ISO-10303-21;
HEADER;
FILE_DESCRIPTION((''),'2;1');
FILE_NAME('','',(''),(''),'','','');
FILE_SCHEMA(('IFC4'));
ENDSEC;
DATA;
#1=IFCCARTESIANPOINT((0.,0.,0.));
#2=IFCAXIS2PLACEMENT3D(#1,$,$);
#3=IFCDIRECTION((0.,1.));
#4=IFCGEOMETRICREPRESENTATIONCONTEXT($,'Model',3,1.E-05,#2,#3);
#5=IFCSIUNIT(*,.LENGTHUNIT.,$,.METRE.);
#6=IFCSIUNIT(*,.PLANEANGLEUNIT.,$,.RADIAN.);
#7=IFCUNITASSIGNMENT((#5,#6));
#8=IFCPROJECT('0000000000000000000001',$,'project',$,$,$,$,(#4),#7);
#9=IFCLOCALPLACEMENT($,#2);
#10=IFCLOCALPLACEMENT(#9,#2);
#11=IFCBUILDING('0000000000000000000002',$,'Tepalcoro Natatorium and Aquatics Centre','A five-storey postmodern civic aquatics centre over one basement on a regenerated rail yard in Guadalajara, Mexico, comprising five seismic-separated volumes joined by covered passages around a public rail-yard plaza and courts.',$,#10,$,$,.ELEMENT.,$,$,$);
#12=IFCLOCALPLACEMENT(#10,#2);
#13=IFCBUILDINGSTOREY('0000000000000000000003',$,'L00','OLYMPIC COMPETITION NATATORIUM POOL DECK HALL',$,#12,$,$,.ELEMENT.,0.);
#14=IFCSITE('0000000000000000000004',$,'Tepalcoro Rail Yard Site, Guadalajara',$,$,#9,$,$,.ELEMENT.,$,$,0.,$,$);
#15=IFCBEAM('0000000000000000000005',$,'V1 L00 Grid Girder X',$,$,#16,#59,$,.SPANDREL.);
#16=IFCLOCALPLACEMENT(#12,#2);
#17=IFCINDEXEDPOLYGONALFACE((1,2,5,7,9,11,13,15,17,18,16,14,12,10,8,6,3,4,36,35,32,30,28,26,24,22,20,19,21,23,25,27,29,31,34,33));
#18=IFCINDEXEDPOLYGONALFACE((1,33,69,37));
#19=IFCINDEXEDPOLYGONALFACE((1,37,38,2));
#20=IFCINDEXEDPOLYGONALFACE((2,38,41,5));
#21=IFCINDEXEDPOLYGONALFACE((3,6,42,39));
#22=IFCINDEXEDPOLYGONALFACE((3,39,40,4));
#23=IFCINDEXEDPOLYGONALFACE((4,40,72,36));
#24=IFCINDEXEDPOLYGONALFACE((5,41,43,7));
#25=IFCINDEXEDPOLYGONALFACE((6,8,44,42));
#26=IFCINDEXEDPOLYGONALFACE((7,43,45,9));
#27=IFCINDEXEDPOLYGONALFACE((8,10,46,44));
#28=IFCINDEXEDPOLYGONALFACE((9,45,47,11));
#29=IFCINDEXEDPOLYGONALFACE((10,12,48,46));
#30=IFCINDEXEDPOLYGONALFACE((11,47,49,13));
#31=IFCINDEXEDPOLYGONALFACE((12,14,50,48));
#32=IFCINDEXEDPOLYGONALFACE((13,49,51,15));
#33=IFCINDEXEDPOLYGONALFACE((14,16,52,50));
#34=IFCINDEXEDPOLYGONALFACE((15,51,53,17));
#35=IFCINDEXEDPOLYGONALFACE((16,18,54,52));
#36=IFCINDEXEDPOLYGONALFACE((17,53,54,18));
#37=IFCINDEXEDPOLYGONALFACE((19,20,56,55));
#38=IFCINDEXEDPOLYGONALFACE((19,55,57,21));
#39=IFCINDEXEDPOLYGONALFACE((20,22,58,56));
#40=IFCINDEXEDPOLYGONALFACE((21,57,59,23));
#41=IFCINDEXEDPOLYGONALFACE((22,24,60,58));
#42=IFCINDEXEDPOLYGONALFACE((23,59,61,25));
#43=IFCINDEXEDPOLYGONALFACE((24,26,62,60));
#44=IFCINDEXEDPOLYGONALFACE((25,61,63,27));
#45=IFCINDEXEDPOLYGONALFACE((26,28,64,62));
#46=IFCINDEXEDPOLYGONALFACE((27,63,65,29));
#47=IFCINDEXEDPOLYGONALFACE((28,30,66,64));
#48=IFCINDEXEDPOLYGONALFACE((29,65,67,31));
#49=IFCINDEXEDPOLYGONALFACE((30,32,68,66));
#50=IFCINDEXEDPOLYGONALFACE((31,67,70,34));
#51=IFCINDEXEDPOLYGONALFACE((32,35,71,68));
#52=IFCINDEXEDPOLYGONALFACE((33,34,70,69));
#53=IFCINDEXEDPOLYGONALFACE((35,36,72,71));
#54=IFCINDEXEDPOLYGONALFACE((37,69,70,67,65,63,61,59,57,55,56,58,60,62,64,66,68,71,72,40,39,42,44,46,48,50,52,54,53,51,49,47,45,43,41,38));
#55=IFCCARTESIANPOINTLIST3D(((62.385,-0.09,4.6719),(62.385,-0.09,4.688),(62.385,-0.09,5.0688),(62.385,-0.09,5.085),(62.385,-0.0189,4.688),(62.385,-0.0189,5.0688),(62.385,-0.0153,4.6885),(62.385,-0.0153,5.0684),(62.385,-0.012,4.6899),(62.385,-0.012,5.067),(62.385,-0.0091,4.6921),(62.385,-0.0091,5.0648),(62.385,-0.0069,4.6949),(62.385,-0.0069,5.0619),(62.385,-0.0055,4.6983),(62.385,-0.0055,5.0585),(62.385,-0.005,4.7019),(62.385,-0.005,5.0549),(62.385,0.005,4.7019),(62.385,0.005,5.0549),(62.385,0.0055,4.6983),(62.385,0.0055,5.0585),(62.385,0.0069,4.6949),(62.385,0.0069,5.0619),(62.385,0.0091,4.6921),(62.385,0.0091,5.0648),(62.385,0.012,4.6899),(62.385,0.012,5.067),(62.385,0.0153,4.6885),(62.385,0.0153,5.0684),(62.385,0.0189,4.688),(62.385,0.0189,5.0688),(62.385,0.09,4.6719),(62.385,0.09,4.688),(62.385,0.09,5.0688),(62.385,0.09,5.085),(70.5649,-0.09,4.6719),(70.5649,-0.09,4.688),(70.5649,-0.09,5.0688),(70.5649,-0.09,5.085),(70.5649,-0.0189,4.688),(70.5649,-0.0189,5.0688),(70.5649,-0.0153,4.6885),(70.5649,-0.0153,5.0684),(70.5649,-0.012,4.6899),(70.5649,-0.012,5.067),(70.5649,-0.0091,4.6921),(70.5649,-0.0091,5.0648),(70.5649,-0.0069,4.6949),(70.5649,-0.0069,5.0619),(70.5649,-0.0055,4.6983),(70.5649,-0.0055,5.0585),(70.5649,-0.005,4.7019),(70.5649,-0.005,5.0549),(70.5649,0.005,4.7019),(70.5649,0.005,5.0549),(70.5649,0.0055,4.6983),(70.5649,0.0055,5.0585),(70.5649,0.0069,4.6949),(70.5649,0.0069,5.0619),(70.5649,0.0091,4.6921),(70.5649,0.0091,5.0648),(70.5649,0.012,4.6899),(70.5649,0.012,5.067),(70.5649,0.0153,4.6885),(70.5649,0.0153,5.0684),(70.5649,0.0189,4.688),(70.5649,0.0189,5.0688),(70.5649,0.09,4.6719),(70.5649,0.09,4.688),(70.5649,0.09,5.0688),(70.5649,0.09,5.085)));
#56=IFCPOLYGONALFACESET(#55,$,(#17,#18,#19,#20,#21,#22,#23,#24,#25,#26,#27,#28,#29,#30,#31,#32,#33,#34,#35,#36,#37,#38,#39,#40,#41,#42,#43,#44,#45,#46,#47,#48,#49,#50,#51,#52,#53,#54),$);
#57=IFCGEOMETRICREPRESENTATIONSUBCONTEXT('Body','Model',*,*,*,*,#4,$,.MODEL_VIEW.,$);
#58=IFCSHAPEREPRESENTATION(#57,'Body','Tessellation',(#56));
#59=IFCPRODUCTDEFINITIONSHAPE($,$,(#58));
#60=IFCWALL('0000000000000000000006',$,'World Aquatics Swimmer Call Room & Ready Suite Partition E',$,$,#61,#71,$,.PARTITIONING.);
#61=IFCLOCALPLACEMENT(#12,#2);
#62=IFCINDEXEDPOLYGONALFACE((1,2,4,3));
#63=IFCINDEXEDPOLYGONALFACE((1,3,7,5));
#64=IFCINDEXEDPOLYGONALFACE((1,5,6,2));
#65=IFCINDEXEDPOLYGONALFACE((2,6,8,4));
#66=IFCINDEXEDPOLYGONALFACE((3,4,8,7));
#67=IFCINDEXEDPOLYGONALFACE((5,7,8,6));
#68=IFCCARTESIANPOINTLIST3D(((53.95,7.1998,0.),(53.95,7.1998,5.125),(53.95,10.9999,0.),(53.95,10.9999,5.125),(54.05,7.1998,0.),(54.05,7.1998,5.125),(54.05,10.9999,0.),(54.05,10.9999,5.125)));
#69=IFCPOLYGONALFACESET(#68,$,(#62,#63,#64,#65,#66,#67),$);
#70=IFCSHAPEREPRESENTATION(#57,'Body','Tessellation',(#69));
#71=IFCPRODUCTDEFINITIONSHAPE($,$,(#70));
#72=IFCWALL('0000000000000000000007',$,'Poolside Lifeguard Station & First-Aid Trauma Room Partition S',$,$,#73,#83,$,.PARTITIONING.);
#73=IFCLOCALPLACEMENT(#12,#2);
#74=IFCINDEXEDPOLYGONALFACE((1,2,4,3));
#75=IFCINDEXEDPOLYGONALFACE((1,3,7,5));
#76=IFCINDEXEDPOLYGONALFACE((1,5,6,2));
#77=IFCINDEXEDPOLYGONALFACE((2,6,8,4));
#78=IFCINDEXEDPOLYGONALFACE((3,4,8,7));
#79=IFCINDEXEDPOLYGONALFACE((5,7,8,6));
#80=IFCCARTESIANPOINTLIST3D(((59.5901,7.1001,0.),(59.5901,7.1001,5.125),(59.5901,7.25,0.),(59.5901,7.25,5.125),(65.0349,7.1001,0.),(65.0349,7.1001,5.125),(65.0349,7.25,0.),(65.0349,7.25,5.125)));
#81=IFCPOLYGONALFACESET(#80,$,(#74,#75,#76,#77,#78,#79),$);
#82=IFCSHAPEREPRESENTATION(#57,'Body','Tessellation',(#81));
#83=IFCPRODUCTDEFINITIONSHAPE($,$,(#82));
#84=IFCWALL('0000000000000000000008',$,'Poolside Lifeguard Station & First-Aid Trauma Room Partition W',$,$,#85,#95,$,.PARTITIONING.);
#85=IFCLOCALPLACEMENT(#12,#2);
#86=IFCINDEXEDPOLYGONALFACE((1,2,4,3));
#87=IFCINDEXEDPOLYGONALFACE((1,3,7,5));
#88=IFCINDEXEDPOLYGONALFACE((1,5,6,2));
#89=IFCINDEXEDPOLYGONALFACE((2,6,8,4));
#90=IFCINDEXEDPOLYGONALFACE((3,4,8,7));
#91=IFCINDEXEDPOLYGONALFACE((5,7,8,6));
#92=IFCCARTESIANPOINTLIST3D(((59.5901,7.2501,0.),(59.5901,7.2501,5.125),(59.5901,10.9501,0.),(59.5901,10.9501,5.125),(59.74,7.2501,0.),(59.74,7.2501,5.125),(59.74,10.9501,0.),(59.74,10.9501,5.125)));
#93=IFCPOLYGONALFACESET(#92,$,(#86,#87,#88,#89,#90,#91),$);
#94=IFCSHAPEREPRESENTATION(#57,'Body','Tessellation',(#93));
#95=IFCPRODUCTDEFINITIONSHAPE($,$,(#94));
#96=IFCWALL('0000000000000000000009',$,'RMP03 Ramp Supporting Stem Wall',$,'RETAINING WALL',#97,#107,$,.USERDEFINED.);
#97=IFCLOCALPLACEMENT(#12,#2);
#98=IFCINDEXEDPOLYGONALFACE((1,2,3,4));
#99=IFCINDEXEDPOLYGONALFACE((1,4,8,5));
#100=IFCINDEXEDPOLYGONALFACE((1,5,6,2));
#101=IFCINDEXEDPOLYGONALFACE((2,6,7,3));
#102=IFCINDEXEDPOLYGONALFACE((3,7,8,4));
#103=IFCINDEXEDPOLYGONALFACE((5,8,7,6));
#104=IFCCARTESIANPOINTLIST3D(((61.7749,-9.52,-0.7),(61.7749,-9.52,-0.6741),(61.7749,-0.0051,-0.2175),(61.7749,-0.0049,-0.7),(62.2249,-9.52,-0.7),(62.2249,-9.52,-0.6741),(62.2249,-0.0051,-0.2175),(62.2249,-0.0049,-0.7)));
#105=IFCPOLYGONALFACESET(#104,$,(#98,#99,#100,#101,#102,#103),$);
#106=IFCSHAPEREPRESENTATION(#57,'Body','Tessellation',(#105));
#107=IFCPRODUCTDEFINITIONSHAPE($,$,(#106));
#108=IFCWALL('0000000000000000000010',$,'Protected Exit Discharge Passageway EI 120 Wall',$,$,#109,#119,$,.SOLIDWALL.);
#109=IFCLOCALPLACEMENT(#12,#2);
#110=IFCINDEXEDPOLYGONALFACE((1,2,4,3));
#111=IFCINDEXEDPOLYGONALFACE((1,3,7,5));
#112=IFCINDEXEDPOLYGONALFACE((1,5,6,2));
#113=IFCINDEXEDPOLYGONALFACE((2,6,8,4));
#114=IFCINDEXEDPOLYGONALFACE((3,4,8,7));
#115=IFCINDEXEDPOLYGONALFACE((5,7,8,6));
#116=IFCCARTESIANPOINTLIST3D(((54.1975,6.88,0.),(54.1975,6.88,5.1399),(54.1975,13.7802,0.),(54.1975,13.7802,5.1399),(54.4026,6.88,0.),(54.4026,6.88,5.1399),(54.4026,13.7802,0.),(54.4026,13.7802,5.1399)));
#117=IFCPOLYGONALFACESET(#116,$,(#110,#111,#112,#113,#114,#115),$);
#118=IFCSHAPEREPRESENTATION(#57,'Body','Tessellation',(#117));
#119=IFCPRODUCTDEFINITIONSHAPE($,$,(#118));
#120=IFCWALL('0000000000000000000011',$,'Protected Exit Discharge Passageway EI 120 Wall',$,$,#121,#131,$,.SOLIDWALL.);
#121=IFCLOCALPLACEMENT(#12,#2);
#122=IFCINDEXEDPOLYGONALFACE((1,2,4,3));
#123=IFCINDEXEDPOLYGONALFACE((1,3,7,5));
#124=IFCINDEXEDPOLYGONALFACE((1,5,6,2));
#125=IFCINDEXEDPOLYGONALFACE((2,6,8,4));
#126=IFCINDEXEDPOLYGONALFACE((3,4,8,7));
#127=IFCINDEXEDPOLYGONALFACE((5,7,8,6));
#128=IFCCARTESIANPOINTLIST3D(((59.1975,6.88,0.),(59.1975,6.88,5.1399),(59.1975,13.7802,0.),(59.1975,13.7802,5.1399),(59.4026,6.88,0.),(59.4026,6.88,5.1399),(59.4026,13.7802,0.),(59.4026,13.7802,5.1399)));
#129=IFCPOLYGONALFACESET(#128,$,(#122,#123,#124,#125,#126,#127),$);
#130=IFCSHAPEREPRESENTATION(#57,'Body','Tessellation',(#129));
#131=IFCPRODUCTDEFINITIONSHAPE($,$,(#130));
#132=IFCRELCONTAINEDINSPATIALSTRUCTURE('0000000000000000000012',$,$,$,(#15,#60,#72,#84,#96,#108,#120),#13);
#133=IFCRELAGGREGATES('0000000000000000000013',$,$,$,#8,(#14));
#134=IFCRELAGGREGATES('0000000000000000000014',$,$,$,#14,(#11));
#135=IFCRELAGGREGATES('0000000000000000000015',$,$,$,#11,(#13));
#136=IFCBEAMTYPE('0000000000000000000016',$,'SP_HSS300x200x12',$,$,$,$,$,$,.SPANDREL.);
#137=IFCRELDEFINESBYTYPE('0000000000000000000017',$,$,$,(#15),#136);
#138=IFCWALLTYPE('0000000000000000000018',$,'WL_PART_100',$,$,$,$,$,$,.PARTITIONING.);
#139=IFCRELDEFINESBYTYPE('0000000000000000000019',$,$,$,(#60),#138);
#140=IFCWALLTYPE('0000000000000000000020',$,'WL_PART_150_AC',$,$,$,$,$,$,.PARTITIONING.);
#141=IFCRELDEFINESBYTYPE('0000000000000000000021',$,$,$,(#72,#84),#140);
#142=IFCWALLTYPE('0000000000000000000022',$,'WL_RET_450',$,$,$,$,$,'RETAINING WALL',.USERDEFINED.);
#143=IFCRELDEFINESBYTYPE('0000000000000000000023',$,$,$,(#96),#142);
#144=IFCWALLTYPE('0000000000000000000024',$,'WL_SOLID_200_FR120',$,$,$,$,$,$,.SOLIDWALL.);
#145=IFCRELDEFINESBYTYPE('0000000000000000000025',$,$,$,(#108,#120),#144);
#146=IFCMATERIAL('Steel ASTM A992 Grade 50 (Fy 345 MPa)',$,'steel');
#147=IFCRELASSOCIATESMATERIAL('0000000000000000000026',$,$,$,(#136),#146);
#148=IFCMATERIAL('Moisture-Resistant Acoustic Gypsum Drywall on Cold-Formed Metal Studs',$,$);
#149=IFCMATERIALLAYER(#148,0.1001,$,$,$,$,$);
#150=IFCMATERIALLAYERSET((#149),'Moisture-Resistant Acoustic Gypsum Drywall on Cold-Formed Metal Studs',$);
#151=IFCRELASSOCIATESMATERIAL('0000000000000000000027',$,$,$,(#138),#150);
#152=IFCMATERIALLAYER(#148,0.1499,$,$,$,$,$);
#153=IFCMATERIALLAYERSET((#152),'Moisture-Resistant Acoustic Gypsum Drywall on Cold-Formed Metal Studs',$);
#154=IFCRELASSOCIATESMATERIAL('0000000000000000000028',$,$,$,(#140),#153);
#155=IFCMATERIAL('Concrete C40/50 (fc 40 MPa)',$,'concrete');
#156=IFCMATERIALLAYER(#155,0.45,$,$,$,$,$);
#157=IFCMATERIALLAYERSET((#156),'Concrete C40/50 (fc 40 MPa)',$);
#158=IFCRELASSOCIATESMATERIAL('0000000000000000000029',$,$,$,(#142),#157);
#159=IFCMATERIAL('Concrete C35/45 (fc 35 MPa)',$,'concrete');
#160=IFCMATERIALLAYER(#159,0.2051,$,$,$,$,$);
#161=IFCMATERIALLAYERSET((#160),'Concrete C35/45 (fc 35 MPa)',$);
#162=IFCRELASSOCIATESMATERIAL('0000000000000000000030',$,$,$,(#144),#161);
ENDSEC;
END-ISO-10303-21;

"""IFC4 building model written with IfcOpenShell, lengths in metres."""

from ifc_helpers import new_model, si_unit, direction, frame, frame_2d, origin, origin_2d, place, context, subcontext, project, spatial, polyline, rectangle, i_section, outline, extrude, material, layer, layer_set, material_profile, profile_set, type_object, element, save


model = new_model("IFC4")

# Units and contexts
model_context = context("Model", 3, precision=1e-05, world=origin(), true_north=direction((0.0, 1.0)))
body_context = subcontext(model_context, "Body", "Model", "MODEL_VIEW")
ifc_project = project(units=[si_unit("LENGTHUNIT", "METRE"), si_unit("PLANEANGLEUNIT", "RADIAN")], contexts=[model_context])

# Site, building, storey
site_placement = place(None, origin())
site = spatial("IfcSite", under=ifc_project, at=site_placement, Name="Tepalcoro Rail Yard Site, Guadalajara", CompositionType="ELEMENT", RefElevation=0.0)
building_placement = place(site_placement, origin())
building = spatial("IfcBuilding", under=site, at=building_placement, Name="Tepalcoro Natatorium and Aquatics Centre", Description="A five-storey postmodern civic aquatics centre over one basement on a regenerated rail yard in Guadalajara, Mexico, comprising five seismic-separated volumes joined by covered passages around a public rail-yard plaza and courts.", CompositionType="ELEMENT")
storey_placement = place(building_placement, origin())
storey = spatial("IfcBuildingStorey", under=building, at=storey_placement, Name="L00", Description="OLYMPIC COMPETITION NATATORIUM POOL DECK HALL", CompositionType="ELEMENT", Elevation=0.0)

# Shared definitions
ifc_material_1 = material(Name="Concrete C40/50 (fc 40 MPa)", Category="concrete")

# Shared definitions
ifc_material_2 = material(Name="Steel ASTM A992 Grade 50 (Fy 345 MPa)", Category="steel")

# Beam
ifc_material_profile_1 = material_profile(ifc_material_2, i_section(OverallWidth=0.1799, OverallDepth=0.4131, WebThickness=0.01, FlangeThickness=0.0161, FilletRadius=0.0139, at=origin_2d()), Name="W16X50")
ifc_profile_set_1 = profile_set([ifc_material_profile_1], Name="Steel ASTM A992 Grade 50 (Fy 345 MPa)")
beam_type_1 = type_object("IfcBeamType", Name="SP_HSS300x200x12", PredefinedType="SPANDREL", material=ifc_profile_set_1)
beam_1_placement = place(storey_placement, frame((62.385, 0.0, 4.8784), z_axis=(1.0, 0.0, 0.0), x_axis=(0.0, 1.0, 0.0)))
element("IfcBeam", 1, at=beam_1_placement, inside=storey, type_object=beam_type_1, Name="V1 L00 Grid Girder X", PredefinedType="SPANDREL", context=body_context, shape_type="SweptSolid", body=[
    extrude(i_section(OverallWidth=0.1799, OverallDepth=0.4131, WebThickness=0.01, FlangeThickness=0.0161, FilletRadius=0.0139, at=origin_2d()), origin(), (0.0, 0.0, 1.0), 8.1799),
])

# Walls
ifc_material_3 = material(Name="Moisture-Resistant Acoustic Gypsum Drywall on Cold-Formed Metal Studs")
ifc_layer_1 = layer(ifc_material_3, 0.1001)
ifc_layer_set_1 = layer_set([ifc_layer_1], Name="Moisture-Resistant Acoustic Gypsum Drywall on Cold-Formed Metal Studs")
wall_type_1 = type_object("IfcWallType", Name="WL_PART_100", PredefinedType="PARTITIONING", material=ifc_layer_set_1)
wall_1_placement = place(storey_placement, frame((54.0, 7.2, 0.0), z_axis=(0.0, 0.0, 1.0), x_axis=(0.0, 1.0, 0.0)))
element("IfcWall", 2, at=wall_1_placement, inside=storey, type_object=wall_type_1, Name="World Aquatics Swimmer Call Room & Ready Suite Partition E", PredefinedType="PARTITIONING", context=body_context, shape_type="SweptSolid", body=[
    extrude(rectangle(XDim=3.8, YDim=0.1001, at=frame_2d((1.8999, 0.0))), origin(), (0.0, 0.0, 1.0), 5.125),
])
ifc_layer_2 = layer(ifc_material_3, 0.1499)
ifc_layer_set_2 = layer_set([ifc_layer_2], Name="Moisture-Resistant Acoustic Gypsum Drywall on Cold-Formed Metal Studs")
wall_type_2 = type_object("IfcWallType", Name="WL_PART_150_AC", PredefinedType="PARTITIONING", material=ifc_layer_set_2)
wall_2_placement = place(storey_placement, frame((59.5901, 7.175, 0.0), z_axis=(0.0, 0.0, 1.0), x_axis=(1.0, 0.0, 0.0)))
element("IfcWall", 3, at=wall_2_placement, inside=storey, type_object=wall_type_2, Name="Poolside Lifeguard Station & First-Aid Trauma Room Partition S", PredefinedType="PARTITIONING", context=body_context, shape_type="SweptSolid", body=[
    extrude(rectangle(XDim=5.4448, YDim=0.1499, at=frame_2d((2.7224, 0.0))), origin(), (0.0, 0.0, 1.0), 5.125),
])
wall_3_placement = place(storey_placement, frame((59.665, 7.25, 0.0), z_axis=(0.0, 0.0, 1.0), x_axis=(0.0, 1.0, 0.0)))
element("IfcWall", 4, at=wall_3_placement, inside=storey, type_object=wall_type_2, Name="Poolside Lifeguard Station & First-Aid Trauma Room Partition W", PredefinedType="PARTITIONING", context=body_context, shape_type="SweptSolid", body=[
    extrude(rectangle(XDim=3.7, YDim=0.1499, at=frame_2d((1.8501, 0.0))), origin(), (0.0, 0.0, 1.0), 5.125),
])
ifc_layer_3 = layer(ifc_material_1, 0.45)
ifc_layer_set_3 = layer_set([ifc_layer_3], Name="Concrete C40/50 (fc 40 MPa)")
wall_type_3 = type_object("IfcWallType", Name="WL_RET_450", ElementType="RETAINING WALL", PredefinedType="USERDEFINED", material=ifc_layer_set_3)
wall_4_placement = place(storey_placement, frame((62.0, -9.52, -0.7), z_axis=(0.0, 0.0, 1.0), x_axis=(0.0, 1.0, 0.0)))
element("IfcWall", 5, at=wall_4_placement, inside=storey, type_object=wall_type_3, Name="RMP03 Ramp Supporting Stem Wall", ObjectType="RETAINING WALL", PredefinedType="USERDEFINED", context=body_context, shape_type="SweptSolid", body=[
    extrude(outline(polyline([(0.0, 0.0), (9.5151, 0.0), (9.5149, 0.4824), (0.0, 0.0259), (0.0, 0.0)])), frame((0.0, 0.2251, 0.0), z_axis=(0.0, -1.0, 0.0), x_axis=(1.0, 0.0, 0.0)), (0.0, 0.0, 1.0), 0.45),
])
ifc_material_4 = material(Name="Concrete C35/45 (fc 35 MPa)", Category="concrete")
ifc_layer_4 = layer(ifc_material_4, 0.2051)
ifc_layer_set_4 = layer_set([ifc_layer_4], Name="Concrete C35/45 (fc 35 MPa)")
wall_type_4 = type_object("IfcWallType", Name="WL_SOLID_200_FR120", PredefinedType="SOLIDWALL", material=ifc_layer_set_4)
for number, where, z_axis, x_axis, name in (
    (6, (54.3, 6.8799, 0.0), (0.0, 0.0, 1.0), (0.0, 1.0, 0.0), "Protected Exit Discharge Passageway EI 120 Wall"),
    (7, (59.3, 6.8799, 0.0), (0.0, 0.0, 1.0), (0.0, 1.0, 0.0), "Protected Exit Discharge Passageway EI 120 Wall"),
):
    element("IfcWall", number, at=place(storey_placement, frame(where, z_axis=z_axis, x_axis=x_axis)), inside=storey, type_object=wall_type_4, Name=name, PredefinedType="SOLIDWALL", context=body_context, shape_type="SweptSolid", body=[
        extrude(rectangle(XDim=6.9001, YDim=0.2051, at=frame_2d((3.4502, 0.0))), origin(), (0.0, 0.0, 1.0), 5.1399),
    ])

save(model, "model.ifc")
